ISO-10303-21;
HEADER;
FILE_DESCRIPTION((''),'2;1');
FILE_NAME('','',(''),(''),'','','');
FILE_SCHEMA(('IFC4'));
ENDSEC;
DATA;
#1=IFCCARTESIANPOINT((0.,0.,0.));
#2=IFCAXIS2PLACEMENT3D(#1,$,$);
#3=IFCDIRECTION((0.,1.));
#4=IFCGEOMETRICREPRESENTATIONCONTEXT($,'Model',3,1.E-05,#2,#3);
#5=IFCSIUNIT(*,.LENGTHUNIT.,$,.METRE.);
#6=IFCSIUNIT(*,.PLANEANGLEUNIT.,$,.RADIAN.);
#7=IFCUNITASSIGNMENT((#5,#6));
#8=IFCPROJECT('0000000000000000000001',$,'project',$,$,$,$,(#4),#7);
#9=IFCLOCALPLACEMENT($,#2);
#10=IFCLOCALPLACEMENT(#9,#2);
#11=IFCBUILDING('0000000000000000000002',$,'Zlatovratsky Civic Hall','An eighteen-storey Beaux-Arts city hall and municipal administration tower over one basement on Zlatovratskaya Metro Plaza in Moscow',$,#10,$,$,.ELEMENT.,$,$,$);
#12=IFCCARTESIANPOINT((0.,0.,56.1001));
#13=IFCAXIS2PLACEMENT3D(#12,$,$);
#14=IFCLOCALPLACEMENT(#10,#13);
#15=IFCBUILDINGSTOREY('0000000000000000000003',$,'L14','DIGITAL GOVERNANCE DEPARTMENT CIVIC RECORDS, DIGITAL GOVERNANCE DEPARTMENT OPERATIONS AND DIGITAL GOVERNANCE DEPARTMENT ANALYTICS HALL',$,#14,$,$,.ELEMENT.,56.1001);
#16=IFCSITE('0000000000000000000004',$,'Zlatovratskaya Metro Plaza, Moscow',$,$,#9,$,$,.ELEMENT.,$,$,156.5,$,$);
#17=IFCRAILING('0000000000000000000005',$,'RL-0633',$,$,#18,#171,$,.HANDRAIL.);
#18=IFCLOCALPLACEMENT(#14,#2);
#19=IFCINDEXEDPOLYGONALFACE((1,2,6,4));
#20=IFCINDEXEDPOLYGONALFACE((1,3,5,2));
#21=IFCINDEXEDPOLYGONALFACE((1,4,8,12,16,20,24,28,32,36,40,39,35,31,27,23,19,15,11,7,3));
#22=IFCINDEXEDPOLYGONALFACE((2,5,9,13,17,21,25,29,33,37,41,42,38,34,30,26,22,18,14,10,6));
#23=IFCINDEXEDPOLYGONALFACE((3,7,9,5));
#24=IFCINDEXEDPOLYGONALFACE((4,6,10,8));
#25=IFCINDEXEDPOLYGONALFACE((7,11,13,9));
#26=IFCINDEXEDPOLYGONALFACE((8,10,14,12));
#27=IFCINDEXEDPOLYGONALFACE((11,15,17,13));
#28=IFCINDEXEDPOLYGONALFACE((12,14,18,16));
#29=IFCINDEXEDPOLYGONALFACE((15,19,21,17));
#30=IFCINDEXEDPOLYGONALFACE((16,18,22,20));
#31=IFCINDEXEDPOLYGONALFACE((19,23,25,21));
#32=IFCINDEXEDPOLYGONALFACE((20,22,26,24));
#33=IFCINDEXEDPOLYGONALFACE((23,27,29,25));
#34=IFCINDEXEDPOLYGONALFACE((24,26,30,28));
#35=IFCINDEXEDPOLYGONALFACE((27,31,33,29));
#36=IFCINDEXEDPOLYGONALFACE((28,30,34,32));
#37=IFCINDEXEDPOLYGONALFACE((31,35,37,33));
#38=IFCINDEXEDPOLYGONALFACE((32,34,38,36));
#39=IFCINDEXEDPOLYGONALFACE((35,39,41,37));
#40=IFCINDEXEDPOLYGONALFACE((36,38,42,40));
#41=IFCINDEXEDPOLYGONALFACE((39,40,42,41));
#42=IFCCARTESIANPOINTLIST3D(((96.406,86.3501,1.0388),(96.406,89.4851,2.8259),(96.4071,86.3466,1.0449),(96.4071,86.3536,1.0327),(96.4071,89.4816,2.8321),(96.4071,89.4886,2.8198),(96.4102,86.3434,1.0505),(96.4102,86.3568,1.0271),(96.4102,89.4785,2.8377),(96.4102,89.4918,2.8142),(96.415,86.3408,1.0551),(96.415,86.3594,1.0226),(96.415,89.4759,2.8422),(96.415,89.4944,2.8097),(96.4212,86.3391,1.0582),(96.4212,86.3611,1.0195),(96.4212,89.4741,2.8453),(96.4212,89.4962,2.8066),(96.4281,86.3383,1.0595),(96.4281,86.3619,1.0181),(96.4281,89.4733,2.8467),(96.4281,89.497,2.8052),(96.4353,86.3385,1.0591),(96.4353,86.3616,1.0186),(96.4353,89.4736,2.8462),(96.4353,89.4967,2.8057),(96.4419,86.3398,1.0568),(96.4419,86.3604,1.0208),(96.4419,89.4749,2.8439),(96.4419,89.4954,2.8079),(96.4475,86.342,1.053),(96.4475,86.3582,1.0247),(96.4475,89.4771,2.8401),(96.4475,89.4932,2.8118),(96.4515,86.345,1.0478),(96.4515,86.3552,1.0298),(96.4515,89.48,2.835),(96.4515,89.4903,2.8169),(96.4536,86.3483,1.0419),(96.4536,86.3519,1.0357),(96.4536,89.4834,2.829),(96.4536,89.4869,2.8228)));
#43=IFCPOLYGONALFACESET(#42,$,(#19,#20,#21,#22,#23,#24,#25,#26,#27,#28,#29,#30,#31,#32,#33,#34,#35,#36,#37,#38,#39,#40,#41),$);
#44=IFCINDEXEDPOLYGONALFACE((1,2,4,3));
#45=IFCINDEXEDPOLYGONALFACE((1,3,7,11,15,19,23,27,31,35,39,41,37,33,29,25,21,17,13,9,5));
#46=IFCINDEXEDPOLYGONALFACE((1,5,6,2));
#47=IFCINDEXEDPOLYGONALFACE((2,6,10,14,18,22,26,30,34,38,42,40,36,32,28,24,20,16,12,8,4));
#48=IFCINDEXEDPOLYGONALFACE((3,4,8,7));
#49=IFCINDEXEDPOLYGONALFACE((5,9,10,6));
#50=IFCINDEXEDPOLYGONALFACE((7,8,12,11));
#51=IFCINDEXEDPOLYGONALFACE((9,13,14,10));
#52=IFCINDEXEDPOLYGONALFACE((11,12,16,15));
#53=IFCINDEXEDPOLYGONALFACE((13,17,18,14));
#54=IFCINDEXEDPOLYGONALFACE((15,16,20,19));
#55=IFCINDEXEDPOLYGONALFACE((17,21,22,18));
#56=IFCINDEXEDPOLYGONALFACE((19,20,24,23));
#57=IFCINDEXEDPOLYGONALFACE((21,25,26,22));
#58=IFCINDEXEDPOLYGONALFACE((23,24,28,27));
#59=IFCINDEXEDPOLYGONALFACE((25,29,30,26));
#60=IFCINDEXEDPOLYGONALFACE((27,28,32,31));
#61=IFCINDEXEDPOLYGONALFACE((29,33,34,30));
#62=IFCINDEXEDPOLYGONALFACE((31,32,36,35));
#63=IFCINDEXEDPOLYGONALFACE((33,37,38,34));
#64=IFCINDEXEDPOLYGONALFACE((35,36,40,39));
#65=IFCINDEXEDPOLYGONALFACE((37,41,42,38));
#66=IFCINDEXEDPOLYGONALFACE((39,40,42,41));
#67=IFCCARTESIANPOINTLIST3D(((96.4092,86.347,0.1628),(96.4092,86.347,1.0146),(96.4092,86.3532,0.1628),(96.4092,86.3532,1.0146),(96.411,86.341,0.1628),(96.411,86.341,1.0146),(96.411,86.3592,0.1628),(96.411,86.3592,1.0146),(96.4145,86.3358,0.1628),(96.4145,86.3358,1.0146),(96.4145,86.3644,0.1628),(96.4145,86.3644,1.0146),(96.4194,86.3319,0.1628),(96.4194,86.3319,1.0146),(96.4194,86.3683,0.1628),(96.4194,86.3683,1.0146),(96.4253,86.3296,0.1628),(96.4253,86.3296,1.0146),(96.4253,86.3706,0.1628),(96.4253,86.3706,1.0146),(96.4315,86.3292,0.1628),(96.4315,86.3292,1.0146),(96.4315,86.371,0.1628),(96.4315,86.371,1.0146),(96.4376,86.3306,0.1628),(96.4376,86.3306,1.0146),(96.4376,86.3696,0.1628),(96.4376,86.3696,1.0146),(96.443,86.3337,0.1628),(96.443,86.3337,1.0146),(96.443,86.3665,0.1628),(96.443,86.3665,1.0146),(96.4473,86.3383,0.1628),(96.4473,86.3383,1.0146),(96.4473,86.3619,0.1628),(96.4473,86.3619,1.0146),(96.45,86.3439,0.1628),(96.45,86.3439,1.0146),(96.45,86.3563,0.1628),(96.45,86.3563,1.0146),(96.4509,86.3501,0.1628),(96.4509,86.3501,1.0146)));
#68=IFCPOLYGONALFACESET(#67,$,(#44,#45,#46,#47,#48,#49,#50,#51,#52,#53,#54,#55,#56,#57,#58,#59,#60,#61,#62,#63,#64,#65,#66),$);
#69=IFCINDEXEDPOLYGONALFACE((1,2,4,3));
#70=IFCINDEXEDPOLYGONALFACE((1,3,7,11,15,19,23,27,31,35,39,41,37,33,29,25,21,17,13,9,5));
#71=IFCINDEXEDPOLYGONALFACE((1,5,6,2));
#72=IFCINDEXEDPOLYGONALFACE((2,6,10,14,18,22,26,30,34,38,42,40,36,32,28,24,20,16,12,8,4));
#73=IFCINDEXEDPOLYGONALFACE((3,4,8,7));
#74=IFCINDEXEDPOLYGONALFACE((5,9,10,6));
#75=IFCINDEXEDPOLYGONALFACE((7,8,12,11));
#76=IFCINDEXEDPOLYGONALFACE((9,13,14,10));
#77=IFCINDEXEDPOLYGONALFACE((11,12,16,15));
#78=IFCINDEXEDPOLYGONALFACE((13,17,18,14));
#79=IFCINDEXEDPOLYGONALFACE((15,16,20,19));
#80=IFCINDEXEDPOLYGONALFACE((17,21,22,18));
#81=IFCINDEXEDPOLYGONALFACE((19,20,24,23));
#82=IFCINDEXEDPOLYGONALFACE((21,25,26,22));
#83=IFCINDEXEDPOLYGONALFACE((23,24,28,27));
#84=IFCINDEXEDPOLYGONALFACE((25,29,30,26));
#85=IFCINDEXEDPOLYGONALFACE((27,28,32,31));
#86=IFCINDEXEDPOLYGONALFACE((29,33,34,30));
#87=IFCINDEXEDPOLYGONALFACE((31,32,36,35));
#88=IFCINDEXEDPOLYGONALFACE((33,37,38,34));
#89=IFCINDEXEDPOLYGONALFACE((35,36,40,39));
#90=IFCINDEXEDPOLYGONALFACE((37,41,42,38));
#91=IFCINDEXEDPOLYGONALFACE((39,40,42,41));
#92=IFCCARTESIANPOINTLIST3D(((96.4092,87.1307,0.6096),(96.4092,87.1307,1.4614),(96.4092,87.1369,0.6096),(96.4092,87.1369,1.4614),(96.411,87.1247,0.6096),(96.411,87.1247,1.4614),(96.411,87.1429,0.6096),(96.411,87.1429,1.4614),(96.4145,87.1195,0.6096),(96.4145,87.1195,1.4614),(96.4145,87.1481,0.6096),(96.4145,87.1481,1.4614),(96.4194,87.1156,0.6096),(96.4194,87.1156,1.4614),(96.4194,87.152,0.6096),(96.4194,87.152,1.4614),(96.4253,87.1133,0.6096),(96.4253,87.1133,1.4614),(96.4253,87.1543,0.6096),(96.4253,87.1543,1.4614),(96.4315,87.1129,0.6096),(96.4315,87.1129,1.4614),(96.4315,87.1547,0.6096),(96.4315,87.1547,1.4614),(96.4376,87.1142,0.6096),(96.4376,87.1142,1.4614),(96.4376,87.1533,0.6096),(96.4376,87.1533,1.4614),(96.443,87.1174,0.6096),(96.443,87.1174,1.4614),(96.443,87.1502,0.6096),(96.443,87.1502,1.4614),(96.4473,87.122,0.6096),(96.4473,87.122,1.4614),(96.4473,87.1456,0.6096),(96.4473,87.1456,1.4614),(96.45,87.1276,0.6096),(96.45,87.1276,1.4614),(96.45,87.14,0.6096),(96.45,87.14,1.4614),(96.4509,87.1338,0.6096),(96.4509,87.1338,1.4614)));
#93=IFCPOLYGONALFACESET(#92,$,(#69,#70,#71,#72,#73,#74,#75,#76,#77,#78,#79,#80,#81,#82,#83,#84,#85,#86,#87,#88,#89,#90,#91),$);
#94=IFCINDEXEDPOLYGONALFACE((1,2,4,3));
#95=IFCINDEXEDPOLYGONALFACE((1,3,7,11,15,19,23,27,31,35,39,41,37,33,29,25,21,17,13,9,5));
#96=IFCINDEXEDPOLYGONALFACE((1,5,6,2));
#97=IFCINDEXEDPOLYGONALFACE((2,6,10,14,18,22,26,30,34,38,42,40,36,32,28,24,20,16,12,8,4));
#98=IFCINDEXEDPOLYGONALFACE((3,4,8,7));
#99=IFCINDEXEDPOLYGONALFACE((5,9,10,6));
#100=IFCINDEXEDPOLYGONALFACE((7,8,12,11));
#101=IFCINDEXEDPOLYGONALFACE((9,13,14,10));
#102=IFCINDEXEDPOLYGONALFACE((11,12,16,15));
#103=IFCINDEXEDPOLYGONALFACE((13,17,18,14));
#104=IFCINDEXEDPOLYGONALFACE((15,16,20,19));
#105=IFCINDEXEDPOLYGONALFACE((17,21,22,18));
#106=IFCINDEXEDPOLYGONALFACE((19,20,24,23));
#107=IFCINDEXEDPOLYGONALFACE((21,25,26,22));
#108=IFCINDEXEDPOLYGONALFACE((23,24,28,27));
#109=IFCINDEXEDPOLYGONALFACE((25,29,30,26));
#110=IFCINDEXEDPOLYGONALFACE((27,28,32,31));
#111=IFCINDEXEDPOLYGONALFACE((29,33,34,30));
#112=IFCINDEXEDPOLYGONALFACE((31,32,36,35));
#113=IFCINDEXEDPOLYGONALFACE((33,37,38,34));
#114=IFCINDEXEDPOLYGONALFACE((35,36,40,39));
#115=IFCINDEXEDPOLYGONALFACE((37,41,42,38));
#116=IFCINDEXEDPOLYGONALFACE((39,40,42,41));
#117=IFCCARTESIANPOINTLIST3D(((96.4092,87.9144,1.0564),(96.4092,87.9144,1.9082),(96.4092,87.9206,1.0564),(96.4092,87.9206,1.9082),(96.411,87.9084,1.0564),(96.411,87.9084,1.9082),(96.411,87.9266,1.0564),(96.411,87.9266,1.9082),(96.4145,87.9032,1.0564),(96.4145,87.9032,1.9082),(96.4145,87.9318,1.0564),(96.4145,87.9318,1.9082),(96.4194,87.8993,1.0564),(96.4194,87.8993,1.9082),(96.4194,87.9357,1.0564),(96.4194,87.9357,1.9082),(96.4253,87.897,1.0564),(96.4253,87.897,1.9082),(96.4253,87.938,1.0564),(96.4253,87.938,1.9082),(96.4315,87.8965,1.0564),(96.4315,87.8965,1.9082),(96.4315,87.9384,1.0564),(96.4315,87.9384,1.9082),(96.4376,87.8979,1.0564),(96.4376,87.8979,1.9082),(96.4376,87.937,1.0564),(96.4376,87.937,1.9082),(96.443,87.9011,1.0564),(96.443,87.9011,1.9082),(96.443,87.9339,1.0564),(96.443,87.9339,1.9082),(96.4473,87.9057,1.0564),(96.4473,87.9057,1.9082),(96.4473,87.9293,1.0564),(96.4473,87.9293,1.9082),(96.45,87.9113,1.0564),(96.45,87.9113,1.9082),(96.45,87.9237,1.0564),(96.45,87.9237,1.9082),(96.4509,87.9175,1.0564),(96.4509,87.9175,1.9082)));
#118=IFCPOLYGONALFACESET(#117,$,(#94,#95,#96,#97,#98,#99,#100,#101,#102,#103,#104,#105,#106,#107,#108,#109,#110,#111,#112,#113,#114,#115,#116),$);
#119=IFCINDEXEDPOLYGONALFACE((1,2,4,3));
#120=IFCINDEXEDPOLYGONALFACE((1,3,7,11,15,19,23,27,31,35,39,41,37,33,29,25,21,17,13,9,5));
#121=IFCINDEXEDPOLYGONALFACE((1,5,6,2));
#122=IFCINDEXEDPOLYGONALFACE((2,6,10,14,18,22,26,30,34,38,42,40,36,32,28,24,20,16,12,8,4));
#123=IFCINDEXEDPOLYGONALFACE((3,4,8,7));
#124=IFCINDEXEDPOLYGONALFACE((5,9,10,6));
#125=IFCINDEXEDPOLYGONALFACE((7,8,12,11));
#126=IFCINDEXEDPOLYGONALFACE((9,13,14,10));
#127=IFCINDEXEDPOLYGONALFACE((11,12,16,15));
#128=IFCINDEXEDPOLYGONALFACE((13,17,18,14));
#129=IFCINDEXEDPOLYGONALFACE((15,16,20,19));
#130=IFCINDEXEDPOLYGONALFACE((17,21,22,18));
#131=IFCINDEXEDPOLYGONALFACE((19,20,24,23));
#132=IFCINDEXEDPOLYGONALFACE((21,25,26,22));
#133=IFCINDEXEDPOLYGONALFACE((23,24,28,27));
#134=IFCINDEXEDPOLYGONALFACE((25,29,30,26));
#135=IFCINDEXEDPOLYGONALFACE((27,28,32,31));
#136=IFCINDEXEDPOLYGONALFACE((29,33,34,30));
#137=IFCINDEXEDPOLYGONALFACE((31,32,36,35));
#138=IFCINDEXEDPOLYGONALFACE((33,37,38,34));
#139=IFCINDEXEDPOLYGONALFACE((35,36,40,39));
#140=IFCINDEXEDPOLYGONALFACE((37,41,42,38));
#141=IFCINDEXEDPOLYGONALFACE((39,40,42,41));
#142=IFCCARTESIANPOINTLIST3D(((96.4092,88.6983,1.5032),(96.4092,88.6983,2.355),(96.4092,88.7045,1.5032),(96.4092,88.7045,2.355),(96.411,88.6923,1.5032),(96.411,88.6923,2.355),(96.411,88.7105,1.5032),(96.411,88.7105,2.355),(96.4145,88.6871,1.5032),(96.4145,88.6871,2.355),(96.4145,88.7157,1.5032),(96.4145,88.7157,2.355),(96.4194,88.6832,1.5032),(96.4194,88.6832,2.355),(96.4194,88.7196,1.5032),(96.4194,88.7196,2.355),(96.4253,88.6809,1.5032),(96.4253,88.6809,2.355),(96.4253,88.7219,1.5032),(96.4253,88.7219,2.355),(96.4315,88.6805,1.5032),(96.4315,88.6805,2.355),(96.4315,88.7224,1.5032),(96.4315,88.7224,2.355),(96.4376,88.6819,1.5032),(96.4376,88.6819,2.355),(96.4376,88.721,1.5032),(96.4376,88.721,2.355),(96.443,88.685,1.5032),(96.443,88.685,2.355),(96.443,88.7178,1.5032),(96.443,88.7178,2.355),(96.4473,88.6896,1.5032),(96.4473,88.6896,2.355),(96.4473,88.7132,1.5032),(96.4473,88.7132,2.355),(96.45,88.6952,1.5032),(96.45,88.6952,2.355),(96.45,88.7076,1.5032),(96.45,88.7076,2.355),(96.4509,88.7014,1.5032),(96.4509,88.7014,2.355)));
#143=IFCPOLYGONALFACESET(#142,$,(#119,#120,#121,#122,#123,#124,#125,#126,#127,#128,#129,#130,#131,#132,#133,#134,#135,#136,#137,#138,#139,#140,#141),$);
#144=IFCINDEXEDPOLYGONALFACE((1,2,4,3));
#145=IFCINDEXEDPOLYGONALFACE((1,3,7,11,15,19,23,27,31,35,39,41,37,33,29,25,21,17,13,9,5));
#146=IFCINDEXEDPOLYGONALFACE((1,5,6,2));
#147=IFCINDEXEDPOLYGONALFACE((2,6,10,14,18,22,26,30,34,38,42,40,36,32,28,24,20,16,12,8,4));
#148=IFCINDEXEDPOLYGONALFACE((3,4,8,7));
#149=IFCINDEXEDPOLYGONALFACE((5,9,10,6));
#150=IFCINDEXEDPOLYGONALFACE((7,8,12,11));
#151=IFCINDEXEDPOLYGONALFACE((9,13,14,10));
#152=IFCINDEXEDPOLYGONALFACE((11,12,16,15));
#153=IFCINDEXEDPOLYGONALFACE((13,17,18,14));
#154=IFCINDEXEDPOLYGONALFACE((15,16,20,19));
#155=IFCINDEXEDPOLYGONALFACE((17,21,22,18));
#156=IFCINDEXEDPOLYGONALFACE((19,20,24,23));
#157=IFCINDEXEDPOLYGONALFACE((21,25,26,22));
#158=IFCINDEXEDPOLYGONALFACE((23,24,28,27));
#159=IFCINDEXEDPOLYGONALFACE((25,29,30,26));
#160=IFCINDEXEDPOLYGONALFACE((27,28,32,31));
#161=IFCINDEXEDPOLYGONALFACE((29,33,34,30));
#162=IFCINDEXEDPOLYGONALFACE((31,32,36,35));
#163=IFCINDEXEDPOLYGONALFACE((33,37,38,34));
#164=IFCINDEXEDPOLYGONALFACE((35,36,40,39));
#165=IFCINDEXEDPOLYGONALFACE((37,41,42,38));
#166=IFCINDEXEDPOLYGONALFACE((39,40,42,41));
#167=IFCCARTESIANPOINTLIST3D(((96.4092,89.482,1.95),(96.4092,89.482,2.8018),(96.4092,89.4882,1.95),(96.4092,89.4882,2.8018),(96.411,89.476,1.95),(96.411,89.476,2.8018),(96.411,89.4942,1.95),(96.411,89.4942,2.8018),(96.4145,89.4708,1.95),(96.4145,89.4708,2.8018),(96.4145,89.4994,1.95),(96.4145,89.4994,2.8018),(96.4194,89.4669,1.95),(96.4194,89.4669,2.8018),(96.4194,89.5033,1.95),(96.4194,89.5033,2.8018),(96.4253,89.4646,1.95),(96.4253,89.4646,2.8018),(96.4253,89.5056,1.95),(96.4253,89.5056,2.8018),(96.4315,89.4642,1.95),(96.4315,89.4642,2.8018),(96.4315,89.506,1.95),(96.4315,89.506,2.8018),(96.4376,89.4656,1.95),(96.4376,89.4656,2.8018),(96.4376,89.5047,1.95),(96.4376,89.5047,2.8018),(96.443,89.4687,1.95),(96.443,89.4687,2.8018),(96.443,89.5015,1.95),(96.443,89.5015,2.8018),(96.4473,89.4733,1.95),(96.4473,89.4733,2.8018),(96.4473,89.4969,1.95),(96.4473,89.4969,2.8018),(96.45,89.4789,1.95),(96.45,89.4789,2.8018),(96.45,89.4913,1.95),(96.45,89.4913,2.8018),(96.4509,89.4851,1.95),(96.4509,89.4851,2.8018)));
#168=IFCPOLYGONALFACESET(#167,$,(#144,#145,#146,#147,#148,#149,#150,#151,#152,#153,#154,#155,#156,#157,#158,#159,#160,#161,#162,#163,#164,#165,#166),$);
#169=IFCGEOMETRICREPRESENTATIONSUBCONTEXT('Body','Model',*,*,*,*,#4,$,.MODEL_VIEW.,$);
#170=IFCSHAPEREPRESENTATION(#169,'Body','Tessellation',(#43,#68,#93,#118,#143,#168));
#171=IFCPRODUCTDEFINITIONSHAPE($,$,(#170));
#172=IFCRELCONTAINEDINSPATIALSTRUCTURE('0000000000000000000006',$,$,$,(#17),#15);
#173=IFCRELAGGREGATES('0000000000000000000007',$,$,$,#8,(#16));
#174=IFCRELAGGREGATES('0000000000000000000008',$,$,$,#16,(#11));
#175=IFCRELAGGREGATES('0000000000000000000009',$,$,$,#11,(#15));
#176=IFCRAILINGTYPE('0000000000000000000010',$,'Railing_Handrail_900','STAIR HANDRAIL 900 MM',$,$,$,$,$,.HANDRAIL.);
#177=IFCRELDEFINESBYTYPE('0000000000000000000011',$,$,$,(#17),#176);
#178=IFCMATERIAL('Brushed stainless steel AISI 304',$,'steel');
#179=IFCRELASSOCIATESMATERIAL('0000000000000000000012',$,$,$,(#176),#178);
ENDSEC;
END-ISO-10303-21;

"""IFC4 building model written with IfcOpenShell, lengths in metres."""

from ifc_helpers import new_model, si_unit, direction, frame, origin, origin_2d, place, context, subcontext, project, spatial, circle, extrude, material, type_object, element, save


model = new_model("IFC4")

# Units and contexts
model_context = context("Model", 3, precision=1e-05, world=origin(), true_north=direction((0.0, 1.0)))
body_context = subcontext(model_context, "Body", "Model", "MODEL_VIEW")
ifc_project = project(units=[si_unit("LENGTHUNIT", "METRE"), si_unit("PLANEANGLEUNIT", "RADIAN")], contexts=[model_context])

# Site, building, storey
site_placement = place(None, origin())
site = spatial("IfcSite", under=ifc_project, at=site_placement, Name="Zlatovratskaya Metro Plaza, Moscow", CompositionType="ELEMENT", RefElevation=156.5)
building_placement = place(site_placement, origin())
building = spatial("IfcBuilding", under=site, at=building_placement, Name="Zlatovratsky Civic Hall", Description="An eighteen-storey Beaux-Arts city hall and municipal administration tower over one basement on Zlatovratskaya Metro Plaza in Moscow", CompositionType="ELEMENT")
storey_placement = place(building_placement, frame((0.0, 0.0, 56.1001)))
storey = spatial("IfcBuildingStorey", under=building, at=storey_placement, Name="L14", Description="DIGITAL GOVERNANCE DEPARTMENT CIVIC RECORDS, DIGITAL GOVERNANCE DEPARTMENT OPERATIONS AND DIGITAL GOVERNANCE DEPARTMENT ANALYTICS HALL", CompositionType="ELEMENT", Elevation=56.1001)

# Railing
ifc_material_1 = material(Name="Brushed stainless steel AISI 304", Category="steel")
railing_type_1 = type_object("IfcRailingType", Name="Railing_Handrail_900", Description="STAIR HANDRAIL 900 MM", PredefinedType="HANDRAIL", material=ifc_material_1)
railing_1_placement = place(storey_placement, frame((96.4299, 86.3501, 0.1628)))
element("IfcRailing", 1, at=railing_1_placement, inside=storey, type_object=railing_type_1, Name="RL-0633", PredefinedType="HANDRAIL", context=body_context, shape_type="SweptSolid", body=[
    extrude(circle(Radius=0.0239, at=origin_2d()), frame((0.0, 0.0, 0.876), z_axis=(0.0, 0.868759, 0.495235), x_axis=(-1.0, 0.0, 0.0)), (0.0, 0.0, 1.0), 3.6086),
    extrude(circle(Radius=0.021, at=origin_2d()), origin(), (0.0, 0.0, 1.0), 0.8518),
    extrude(circle(Radius=0.021, at=origin_2d()), frame((0.0, 0.7837, 0.4468)), (0.0, 0.0, 1.0), 0.8518),
    extrude(circle(Radius=0.021, at=origin_2d()), frame((0.0, 1.5674, 0.8936)), (0.0, 0.0, 1.0), 0.8518),
    extrude(circle(Radius=0.021, at=origin_2d()), frame((0.0, 2.3513, 1.3403)), (0.0, 0.0, 1.0), 0.8518),
    extrude(circle(Radius=0.021, at=origin_2d()), frame((0.0, 3.135, 1.7871)), (0.0, 0.0, 1.0), 0.8518),
])

save(model, "model.ifc")
